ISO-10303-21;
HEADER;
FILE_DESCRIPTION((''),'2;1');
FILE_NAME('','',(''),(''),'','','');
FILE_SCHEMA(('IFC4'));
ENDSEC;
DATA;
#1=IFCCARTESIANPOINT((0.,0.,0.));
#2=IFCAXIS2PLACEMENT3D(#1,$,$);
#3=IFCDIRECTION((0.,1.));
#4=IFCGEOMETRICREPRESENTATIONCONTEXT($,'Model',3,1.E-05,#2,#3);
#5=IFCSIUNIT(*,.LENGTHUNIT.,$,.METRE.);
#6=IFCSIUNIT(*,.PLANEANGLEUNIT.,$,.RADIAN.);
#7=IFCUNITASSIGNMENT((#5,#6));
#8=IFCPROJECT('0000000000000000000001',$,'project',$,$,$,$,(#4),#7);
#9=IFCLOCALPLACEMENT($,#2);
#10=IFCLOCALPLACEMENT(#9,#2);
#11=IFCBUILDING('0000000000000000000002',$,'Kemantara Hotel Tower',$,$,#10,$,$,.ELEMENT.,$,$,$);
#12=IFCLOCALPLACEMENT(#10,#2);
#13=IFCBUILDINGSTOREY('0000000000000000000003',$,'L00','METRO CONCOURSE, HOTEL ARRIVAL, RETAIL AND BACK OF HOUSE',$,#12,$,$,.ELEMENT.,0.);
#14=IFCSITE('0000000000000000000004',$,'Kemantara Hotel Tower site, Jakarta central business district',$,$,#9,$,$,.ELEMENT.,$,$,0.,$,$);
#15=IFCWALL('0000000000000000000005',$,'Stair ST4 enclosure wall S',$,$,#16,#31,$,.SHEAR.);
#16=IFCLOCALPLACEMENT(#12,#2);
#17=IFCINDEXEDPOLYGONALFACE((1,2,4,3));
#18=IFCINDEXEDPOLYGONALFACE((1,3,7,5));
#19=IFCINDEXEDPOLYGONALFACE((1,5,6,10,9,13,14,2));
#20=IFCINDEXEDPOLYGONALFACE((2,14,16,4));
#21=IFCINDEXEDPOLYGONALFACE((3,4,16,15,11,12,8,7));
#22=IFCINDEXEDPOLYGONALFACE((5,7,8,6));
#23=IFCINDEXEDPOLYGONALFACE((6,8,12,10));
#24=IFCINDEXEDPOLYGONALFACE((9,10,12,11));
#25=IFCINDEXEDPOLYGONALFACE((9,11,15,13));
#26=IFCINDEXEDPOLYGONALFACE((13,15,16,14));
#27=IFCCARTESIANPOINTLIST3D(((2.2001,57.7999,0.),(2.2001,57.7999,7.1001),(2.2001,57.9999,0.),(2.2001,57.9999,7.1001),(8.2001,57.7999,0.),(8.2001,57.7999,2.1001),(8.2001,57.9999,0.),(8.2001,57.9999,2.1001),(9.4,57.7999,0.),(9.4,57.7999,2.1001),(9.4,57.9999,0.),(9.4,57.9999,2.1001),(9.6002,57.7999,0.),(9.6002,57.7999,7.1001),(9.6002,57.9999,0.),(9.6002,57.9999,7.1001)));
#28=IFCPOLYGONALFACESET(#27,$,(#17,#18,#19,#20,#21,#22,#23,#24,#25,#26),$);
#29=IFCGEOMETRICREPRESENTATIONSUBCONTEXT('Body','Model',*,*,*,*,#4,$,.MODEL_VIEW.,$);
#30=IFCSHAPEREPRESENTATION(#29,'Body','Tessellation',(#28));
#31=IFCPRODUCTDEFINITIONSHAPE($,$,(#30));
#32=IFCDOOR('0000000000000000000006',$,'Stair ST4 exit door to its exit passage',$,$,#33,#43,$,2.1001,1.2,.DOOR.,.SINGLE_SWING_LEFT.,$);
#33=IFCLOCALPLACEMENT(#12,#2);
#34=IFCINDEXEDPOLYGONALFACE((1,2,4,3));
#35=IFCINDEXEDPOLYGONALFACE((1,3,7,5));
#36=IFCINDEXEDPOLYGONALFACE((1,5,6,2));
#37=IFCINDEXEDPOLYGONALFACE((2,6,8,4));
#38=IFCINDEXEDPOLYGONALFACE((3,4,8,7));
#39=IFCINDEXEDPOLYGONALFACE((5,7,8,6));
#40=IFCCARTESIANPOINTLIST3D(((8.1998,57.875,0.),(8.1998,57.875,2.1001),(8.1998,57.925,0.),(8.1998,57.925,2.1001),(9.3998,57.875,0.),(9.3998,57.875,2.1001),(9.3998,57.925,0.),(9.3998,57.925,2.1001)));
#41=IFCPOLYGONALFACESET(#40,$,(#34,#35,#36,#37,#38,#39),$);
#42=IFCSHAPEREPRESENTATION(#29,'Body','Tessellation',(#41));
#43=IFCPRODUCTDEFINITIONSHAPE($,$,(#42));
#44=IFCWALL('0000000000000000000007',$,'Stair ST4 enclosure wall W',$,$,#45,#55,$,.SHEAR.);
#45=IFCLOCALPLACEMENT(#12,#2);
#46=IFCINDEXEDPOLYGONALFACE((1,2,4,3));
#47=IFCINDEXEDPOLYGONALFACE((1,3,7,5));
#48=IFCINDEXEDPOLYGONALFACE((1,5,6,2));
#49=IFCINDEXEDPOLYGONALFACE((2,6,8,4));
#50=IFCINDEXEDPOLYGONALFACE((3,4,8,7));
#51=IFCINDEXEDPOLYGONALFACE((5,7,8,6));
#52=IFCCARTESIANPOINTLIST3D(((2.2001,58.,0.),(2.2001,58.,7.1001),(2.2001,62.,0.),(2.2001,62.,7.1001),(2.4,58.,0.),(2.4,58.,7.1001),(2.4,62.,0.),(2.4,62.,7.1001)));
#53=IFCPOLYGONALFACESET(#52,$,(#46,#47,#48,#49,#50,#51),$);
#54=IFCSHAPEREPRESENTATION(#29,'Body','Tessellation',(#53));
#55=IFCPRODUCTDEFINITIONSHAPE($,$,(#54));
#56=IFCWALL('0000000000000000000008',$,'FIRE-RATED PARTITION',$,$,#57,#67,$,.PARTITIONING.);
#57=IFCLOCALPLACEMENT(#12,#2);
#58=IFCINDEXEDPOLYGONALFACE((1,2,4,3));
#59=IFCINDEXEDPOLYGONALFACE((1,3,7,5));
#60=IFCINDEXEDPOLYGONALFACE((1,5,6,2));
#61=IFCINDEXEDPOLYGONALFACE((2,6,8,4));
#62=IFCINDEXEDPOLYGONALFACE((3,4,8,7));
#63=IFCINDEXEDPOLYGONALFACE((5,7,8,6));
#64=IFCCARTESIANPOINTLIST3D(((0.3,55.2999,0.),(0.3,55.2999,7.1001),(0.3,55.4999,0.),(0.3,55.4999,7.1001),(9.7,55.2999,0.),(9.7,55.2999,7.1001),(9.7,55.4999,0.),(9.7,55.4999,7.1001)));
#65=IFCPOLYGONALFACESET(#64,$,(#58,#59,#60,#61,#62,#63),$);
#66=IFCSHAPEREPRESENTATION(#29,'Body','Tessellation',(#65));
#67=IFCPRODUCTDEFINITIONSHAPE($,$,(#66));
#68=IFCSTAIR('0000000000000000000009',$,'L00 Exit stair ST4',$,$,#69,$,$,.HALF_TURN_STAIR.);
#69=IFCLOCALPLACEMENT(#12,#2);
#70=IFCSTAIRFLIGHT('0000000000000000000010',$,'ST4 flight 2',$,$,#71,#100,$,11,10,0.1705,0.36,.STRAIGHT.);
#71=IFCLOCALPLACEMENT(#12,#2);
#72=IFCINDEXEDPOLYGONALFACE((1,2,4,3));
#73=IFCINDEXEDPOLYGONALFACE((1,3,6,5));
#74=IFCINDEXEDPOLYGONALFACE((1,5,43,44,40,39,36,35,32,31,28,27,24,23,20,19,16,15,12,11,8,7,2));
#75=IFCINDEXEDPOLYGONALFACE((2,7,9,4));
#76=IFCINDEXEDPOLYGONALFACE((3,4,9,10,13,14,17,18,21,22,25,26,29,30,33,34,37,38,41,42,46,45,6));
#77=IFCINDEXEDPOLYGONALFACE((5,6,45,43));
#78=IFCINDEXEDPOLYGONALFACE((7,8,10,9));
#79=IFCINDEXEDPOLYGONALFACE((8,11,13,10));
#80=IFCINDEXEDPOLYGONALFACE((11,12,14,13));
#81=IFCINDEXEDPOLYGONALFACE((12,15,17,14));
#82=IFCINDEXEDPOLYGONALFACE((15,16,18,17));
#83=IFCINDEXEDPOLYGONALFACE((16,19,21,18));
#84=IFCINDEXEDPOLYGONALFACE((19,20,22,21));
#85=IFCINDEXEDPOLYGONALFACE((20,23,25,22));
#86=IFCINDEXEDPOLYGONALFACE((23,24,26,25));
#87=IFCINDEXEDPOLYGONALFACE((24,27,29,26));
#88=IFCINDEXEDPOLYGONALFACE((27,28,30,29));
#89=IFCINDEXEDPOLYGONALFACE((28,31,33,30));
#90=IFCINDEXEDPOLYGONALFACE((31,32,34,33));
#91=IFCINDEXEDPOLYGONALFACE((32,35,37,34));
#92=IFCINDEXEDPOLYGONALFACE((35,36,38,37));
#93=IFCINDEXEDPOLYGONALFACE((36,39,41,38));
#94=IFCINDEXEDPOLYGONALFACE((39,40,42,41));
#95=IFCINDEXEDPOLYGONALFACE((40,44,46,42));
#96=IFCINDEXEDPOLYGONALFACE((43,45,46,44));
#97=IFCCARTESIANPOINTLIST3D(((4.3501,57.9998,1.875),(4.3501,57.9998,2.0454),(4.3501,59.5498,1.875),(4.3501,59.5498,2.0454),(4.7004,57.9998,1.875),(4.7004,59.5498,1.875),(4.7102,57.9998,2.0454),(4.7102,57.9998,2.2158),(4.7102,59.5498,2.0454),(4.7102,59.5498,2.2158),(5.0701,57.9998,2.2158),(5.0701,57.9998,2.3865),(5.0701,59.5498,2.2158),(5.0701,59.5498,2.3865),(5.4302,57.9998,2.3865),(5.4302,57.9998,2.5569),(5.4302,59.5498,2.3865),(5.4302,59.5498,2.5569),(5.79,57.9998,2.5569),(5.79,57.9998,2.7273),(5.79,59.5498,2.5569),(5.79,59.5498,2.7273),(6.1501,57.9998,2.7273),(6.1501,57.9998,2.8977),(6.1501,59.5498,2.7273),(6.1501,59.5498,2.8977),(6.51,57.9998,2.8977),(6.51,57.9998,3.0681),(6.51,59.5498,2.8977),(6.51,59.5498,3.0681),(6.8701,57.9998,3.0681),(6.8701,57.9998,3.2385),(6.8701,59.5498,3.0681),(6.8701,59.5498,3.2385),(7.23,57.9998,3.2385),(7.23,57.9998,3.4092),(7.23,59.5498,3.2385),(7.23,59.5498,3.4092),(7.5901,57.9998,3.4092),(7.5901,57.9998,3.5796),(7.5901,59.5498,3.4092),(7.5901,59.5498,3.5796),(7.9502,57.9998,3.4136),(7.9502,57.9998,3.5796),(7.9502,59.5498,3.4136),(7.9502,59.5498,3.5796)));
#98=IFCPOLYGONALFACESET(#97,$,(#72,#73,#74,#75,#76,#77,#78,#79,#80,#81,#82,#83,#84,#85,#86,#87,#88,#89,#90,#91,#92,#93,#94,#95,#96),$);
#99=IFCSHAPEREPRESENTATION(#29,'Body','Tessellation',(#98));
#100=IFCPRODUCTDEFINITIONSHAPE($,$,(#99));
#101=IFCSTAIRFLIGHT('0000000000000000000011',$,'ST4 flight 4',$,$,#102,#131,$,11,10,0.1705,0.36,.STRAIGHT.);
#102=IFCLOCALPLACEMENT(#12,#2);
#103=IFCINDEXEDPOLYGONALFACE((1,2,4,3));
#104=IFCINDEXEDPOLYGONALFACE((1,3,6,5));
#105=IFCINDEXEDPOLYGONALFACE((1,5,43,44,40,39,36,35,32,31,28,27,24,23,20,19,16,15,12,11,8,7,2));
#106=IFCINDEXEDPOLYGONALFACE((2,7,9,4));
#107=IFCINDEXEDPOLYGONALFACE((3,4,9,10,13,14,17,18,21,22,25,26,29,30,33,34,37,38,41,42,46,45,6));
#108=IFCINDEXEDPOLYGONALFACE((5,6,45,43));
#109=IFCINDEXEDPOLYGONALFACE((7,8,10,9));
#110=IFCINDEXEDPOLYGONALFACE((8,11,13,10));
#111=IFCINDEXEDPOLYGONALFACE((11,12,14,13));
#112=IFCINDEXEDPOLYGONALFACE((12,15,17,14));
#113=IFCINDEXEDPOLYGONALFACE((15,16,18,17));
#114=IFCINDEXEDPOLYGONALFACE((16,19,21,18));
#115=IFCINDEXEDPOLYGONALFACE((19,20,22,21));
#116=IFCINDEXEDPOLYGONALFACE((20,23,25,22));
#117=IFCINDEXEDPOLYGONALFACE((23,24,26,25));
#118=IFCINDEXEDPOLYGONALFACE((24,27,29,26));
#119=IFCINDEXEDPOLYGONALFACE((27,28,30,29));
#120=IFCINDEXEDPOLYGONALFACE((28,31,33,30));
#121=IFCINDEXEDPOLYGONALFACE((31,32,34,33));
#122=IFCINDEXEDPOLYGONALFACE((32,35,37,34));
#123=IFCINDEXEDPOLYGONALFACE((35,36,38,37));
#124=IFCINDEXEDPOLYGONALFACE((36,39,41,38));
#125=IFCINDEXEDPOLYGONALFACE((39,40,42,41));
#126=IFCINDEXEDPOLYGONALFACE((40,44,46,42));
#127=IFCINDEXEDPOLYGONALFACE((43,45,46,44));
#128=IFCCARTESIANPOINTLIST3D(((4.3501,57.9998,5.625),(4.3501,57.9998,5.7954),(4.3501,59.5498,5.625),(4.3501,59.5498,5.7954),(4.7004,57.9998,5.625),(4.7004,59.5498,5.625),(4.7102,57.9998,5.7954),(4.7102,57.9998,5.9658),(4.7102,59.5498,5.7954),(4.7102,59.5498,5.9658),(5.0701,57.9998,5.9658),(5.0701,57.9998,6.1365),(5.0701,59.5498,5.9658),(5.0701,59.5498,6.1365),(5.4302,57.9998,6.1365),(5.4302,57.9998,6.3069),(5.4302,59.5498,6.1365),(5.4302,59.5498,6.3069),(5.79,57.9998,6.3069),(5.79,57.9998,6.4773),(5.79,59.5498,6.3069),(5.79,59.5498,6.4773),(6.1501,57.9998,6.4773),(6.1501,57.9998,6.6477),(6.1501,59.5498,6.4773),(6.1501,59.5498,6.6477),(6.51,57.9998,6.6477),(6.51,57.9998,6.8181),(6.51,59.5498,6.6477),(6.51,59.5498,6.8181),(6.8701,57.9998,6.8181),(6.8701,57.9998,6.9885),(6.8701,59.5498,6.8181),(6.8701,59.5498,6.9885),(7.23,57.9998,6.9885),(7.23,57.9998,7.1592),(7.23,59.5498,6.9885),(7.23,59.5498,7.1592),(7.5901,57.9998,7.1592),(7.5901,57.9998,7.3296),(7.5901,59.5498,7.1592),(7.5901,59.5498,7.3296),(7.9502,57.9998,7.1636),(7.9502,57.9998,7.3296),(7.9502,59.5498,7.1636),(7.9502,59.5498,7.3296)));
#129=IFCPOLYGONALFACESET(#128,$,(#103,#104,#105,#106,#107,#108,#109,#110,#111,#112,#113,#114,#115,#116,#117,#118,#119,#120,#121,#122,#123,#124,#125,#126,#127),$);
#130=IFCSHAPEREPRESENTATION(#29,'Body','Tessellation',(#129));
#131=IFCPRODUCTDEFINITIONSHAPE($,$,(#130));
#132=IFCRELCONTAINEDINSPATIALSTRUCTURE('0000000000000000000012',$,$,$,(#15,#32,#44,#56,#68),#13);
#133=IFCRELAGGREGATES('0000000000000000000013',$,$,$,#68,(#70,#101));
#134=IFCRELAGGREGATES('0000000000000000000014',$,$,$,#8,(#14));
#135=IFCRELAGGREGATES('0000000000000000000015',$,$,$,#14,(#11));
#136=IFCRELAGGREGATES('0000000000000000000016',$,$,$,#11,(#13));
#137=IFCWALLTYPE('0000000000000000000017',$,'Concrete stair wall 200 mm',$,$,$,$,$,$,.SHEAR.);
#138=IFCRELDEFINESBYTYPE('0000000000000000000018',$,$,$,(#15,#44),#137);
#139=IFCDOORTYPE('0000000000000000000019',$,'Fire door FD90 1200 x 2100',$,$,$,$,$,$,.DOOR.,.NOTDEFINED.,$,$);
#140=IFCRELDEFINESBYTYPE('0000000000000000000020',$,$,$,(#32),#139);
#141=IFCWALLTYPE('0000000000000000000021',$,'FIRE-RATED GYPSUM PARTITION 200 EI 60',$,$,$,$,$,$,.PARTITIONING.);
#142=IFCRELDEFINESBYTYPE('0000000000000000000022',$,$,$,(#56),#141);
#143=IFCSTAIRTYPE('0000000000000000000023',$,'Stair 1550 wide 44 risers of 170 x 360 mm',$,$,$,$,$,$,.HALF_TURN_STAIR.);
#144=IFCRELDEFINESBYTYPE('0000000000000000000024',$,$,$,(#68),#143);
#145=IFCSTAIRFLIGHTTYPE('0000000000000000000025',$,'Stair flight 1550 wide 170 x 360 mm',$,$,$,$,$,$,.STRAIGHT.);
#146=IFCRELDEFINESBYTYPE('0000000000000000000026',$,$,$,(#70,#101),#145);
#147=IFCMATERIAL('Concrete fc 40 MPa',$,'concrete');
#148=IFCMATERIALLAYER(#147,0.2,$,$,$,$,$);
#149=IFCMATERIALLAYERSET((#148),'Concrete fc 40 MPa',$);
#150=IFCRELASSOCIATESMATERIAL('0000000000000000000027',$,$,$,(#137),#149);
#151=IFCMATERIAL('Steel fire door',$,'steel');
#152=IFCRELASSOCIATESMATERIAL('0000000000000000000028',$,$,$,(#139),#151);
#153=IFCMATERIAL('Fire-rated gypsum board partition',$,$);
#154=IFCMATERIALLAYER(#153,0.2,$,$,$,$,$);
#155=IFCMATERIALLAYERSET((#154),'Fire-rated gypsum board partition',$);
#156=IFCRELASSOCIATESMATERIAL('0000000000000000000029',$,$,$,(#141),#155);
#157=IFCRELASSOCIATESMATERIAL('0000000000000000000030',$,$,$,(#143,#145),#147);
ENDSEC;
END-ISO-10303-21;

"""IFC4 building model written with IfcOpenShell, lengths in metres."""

from ifc_helpers import new_model, si_unit, direction, frame, frame_2d, origin, place, context, subcontext, project, spatial, polyline, rectangle, outline, extrude, material, layer, layer_set, type_object, element, fill, aggregate, save


model = new_model("IFC4")

# Units and contexts
model_context = context("Model", 3, precision=1e-05, world=origin(), true_north=direction((0.0, 1.0)))
body_context = subcontext(model_context, "Body", "Model", "MODEL_VIEW")
ifc_project = project(units=[si_unit("LENGTHUNIT", "METRE"), si_unit("PLANEANGLEUNIT", "RADIAN")], contexts=[model_context])

# Site, building, storey
site_placement = place(None, origin())
site = spatial("IfcSite", under=ifc_project, at=site_placement, Name="Kemantara Hotel Tower site, Jakarta central business district", CompositionType="ELEMENT", RefElevation=0.0)
building_placement = place(site_placement, origin())
building = spatial("IfcBuilding", under=site, at=building_placement, Name="Kemantara Hotel Tower", CompositionType="ELEMENT")
storey_placement = place(building_placement, origin())
storey = spatial("IfcBuildingStorey", under=building, at=storey_placement, Name="L00", Description="METRO CONCOURSE, HOTEL ARRIVAL, RETAIL AND BACK OF HOUSE", CompositionType="ELEMENT", Elevation=0.0)

# Shared definitions
ifc_material_1 = material(Name="Concrete fc 40 MPa", Category="concrete")
ifc_layer_1 = layer(ifc_material_1, 0.2)
ifc_layer_set_1 = layer_set([ifc_layer_1], Name="Concrete fc 40 MPa")
wall_type_1 = type_object("IfcWallType", Name="Concrete stair wall 200 mm", PredefinedType="SHEAR", material=ifc_layer_set_1)

# Wall, opening, door
wall_1_placement = place(storey_placement, frame((2.2, 57.8999, 0.0), z_axis=(0.0, 0.0, 1.0), x_axis=(1.0, 0.0, 0.0)))
wall_1 = element("IfcWall", 1, at=wall_1_placement, inside=storey, type_object=wall_type_1, Name="Stair ST4 enclosure wall S", PredefinedType="SHEAR", context=body_context, shape_type="SweptSolid", body=[
    extrude(rectangle(XDim=7.4001, YDim=0.2, at=frame_2d((3.7002, 0.0))), origin(), (0.0, 0.0, 1.0), 7.1001),
])
opening_1_placement = place(wall_1_placement, frame((6.0, 0.0, 0.0)))
opening_1 = element("IfcOpeningElement", 2, at=opening_1_placement, cuts=wall_1, PredefinedType="OPENING", context=body_context, shape_type="SweptSolid", body=[
    extrude(rectangle(XDim=1.2, YDim=2.1001, at=frame_2d((0.6001, 1.05))), frame((0.0, 0.1099, 0.0), z_axis=(0.0, -1.0, 0.0), x_axis=(1.0, 0.0, 0.0)), (0.0, 0.0, 1.0), 0.22),
])
ifc_material_2 = material(Name="Steel fire door", Category="steel")
door_type_1 = type_object("IfcDoorType", Name="Fire door FD90 1200 x 2100", OperationType="NOTDEFINED", PredefinedType="DOOR", material=ifc_material_2)
door_1_placement = place(opening_1_placement, frame((1.2, 0.0, 0.0), z_axis=(0.0, 0.0, 1.0), x_axis=(-1.0, 0.0, 0.0)))
door_1 = element("IfcDoor", 3, at=door_1_placement, inside=storey, type_object=door_type_1, Name="Stair ST4 exit door to its exit passage", OperationType="SINGLE_SWING_LEFT", OverallHeight=2.1001, OverallWidth=1.2, PredefinedType="DOOR", context=body_context, shape_type="SweptSolid", body=[
    extrude(rectangle(XDim=1.2, YDim=2.1001, at=frame_2d((0.6001, 1.05))), frame((0.0, 0.0249, 0.0), z_axis=(0.0, -1.0, 0.0), x_axis=(1.0, 0.0, 0.0)), (0.0, 0.0, 1.0), 0.05),
])
fill(opening_1, door_1)

# Walls
wall_2_placement = place(storey_placement, frame((2.3, 58.0, 0.0), z_axis=(0.0, 0.0, 1.0), x_axis=(0.0, 1.0, 0.0)))
element("IfcWall", 4, at=wall_2_placement, inside=storey, type_object=wall_type_1, Name="Stair ST4 enclosure wall W", PredefinedType="SHEAR", context=body_context, shape_type="SweptSolid", body=[
    extrude(rectangle(XDim=4.0, YDim=0.2, at=frame_2d((2.0, 0.0))), origin(), (0.0, 0.0, 1.0), 7.1001),
])
ifc_material_3 = material(Name="Fire-rated gypsum board partition")
ifc_layer_2 = layer(ifc_material_3, 0.2)
ifc_layer_set_2 = layer_set([ifc_layer_2], Name="Fire-rated gypsum board partition")
wall_type_2 = type_object("IfcWallType", Name="FIRE-RATED GYPSUM PARTITION 200 EI 60", PredefinedType="PARTITIONING", material=ifc_layer_set_2)
wall_3_placement = place(storey_placement, frame((0.3, 55.3999, 0.0), z_axis=(0.0, 0.0, 1.0), x_axis=(1.0, 0.0, 0.0)))
element("IfcWall", 5, at=wall_3_placement, inside=storey, type_object=wall_type_2, Name="FIRE-RATED PARTITION", PredefinedType="PARTITIONING", context=body_context, shape_type="SweptSolid", body=[
    extrude(rectangle(XDim=9.3999, YDim=0.2, at=frame_2d((4.7, 0.0))), origin(), (0.0, 0.0, 1.0), 7.1001),
])

# Stair, stair flights
stair_type = type_object("IfcStairType", Name="Stair 1550 wide 44 risers of 170 x 360 mm", PredefinedType="HALF_TURN_STAIR", material=ifc_material_1)
stair_placement = place(storey_placement, origin())
stair = element("IfcStair", 6, at=stair_placement, inside=storey, type_object=stair_type, Name="L00 Exit stair ST4", PredefinedType="HALF_TURN_STAIR")
stair_flight_type = type_object("IfcStairFlightType", Name="Stair flight 1550 wide 170 x 360 mm", PredefinedType="STRAIGHT", material=ifc_material_1)
stair_flight_1_placement = place(storey_placement, frame((4.3501, 58.7749, 1.875), z_axis=(0.0, 0.0, 1.0), x_axis=(1.0, 0.0, 0.0)))
stair_flight_1 = element("IfcStairFlight", 7, at=stair_flight_1_placement, type_object=stair_flight_type, Name="ST4 flight 2", NumberOfRisers=11, NumberOfTreads=10, PredefinedType="STRAIGHT", RiserHeight=0.1705, TreadLength=0.36, context=body_context, shape_type="SweptSolid", body=[
    extrude(outline(polyline([(0.0, 0.0), (0.0, 0.1704), (0.3601, 0.1704), (0.3601, 0.3408), (0.72, 0.3408), (0.72, 0.5115), (1.0801, 0.5115), (1.0801, 0.6819), (1.4399, 0.6819), (1.4399, 0.8523), (1.8, 0.8523), (1.8, 1.0227), (2.1599, 1.0227), (2.1599, 1.1931), (2.52, 1.1931), (2.52, 1.3635), (2.8799, 1.3635), (2.8799, 1.5342), (3.24, 1.5342), (3.24, 1.7046), (3.6001, 1.7046), (3.6001, 1.875), (3.6001, 1.5386), (0.3503, 0.0), (0.0, 0.0)])), frame((0.0, 0.7749, 0.0), z_axis=(0.0, -1.0, 0.0), x_axis=(1.0, 0.0, 0.0)), (0.0, 0.0, 1.0), 1.55),
])
stair_flight_2_placement = place(storey_placement, frame((4.3501, 58.7749, 5.625), z_axis=(0.0, 0.0, 1.0), x_axis=(1.0, 0.0, 0.0)))
stair_flight_2 = element("IfcStairFlight", 8, at=stair_flight_2_placement, type_object=stair_flight_type, Name="ST4 flight 4", NumberOfRisers=11, NumberOfTreads=10, PredefinedType="STRAIGHT", RiserHeight=0.1705, TreadLength=0.36, context=body_context, shape_type="SweptSolid", body=[
    extrude(outline(polyline([(0.0, 0.0), (0.0, 0.1704), (0.3601, 0.1704), (0.3601, 0.3408), (0.72, 0.3408), (0.72, 0.5115), (1.0801, 0.5115), (1.0801, 0.6819), (1.4399, 0.6819), (1.4399, 0.8523), (1.8, 0.8523), (1.8, 1.0227), (2.1599, 1.0227), (2.1599, 1.1931), (2.52, 1.1931), (2.52, 1.3635), (2.8799, 1.3635), (2.8799, 1.5342), (3.24, 1.5342), (3.24, 1.7046), (3.6001, 1.7046), (3.6001, 1.875), (3.6001, 1.5386), (0.3503, 0.0), (0.0, 0.0)])), frame((0.0, 0.7749, 0.0), z_axis=(0.0, -1.0, 0.0), x_axis=(1.0, 0.0, 0.0)), (0.0, 0.0, 1.0), 1.55),
])
aggregate(stair, [stair_flight_1, stair_flight_2])

save(model, "model.ifc")
